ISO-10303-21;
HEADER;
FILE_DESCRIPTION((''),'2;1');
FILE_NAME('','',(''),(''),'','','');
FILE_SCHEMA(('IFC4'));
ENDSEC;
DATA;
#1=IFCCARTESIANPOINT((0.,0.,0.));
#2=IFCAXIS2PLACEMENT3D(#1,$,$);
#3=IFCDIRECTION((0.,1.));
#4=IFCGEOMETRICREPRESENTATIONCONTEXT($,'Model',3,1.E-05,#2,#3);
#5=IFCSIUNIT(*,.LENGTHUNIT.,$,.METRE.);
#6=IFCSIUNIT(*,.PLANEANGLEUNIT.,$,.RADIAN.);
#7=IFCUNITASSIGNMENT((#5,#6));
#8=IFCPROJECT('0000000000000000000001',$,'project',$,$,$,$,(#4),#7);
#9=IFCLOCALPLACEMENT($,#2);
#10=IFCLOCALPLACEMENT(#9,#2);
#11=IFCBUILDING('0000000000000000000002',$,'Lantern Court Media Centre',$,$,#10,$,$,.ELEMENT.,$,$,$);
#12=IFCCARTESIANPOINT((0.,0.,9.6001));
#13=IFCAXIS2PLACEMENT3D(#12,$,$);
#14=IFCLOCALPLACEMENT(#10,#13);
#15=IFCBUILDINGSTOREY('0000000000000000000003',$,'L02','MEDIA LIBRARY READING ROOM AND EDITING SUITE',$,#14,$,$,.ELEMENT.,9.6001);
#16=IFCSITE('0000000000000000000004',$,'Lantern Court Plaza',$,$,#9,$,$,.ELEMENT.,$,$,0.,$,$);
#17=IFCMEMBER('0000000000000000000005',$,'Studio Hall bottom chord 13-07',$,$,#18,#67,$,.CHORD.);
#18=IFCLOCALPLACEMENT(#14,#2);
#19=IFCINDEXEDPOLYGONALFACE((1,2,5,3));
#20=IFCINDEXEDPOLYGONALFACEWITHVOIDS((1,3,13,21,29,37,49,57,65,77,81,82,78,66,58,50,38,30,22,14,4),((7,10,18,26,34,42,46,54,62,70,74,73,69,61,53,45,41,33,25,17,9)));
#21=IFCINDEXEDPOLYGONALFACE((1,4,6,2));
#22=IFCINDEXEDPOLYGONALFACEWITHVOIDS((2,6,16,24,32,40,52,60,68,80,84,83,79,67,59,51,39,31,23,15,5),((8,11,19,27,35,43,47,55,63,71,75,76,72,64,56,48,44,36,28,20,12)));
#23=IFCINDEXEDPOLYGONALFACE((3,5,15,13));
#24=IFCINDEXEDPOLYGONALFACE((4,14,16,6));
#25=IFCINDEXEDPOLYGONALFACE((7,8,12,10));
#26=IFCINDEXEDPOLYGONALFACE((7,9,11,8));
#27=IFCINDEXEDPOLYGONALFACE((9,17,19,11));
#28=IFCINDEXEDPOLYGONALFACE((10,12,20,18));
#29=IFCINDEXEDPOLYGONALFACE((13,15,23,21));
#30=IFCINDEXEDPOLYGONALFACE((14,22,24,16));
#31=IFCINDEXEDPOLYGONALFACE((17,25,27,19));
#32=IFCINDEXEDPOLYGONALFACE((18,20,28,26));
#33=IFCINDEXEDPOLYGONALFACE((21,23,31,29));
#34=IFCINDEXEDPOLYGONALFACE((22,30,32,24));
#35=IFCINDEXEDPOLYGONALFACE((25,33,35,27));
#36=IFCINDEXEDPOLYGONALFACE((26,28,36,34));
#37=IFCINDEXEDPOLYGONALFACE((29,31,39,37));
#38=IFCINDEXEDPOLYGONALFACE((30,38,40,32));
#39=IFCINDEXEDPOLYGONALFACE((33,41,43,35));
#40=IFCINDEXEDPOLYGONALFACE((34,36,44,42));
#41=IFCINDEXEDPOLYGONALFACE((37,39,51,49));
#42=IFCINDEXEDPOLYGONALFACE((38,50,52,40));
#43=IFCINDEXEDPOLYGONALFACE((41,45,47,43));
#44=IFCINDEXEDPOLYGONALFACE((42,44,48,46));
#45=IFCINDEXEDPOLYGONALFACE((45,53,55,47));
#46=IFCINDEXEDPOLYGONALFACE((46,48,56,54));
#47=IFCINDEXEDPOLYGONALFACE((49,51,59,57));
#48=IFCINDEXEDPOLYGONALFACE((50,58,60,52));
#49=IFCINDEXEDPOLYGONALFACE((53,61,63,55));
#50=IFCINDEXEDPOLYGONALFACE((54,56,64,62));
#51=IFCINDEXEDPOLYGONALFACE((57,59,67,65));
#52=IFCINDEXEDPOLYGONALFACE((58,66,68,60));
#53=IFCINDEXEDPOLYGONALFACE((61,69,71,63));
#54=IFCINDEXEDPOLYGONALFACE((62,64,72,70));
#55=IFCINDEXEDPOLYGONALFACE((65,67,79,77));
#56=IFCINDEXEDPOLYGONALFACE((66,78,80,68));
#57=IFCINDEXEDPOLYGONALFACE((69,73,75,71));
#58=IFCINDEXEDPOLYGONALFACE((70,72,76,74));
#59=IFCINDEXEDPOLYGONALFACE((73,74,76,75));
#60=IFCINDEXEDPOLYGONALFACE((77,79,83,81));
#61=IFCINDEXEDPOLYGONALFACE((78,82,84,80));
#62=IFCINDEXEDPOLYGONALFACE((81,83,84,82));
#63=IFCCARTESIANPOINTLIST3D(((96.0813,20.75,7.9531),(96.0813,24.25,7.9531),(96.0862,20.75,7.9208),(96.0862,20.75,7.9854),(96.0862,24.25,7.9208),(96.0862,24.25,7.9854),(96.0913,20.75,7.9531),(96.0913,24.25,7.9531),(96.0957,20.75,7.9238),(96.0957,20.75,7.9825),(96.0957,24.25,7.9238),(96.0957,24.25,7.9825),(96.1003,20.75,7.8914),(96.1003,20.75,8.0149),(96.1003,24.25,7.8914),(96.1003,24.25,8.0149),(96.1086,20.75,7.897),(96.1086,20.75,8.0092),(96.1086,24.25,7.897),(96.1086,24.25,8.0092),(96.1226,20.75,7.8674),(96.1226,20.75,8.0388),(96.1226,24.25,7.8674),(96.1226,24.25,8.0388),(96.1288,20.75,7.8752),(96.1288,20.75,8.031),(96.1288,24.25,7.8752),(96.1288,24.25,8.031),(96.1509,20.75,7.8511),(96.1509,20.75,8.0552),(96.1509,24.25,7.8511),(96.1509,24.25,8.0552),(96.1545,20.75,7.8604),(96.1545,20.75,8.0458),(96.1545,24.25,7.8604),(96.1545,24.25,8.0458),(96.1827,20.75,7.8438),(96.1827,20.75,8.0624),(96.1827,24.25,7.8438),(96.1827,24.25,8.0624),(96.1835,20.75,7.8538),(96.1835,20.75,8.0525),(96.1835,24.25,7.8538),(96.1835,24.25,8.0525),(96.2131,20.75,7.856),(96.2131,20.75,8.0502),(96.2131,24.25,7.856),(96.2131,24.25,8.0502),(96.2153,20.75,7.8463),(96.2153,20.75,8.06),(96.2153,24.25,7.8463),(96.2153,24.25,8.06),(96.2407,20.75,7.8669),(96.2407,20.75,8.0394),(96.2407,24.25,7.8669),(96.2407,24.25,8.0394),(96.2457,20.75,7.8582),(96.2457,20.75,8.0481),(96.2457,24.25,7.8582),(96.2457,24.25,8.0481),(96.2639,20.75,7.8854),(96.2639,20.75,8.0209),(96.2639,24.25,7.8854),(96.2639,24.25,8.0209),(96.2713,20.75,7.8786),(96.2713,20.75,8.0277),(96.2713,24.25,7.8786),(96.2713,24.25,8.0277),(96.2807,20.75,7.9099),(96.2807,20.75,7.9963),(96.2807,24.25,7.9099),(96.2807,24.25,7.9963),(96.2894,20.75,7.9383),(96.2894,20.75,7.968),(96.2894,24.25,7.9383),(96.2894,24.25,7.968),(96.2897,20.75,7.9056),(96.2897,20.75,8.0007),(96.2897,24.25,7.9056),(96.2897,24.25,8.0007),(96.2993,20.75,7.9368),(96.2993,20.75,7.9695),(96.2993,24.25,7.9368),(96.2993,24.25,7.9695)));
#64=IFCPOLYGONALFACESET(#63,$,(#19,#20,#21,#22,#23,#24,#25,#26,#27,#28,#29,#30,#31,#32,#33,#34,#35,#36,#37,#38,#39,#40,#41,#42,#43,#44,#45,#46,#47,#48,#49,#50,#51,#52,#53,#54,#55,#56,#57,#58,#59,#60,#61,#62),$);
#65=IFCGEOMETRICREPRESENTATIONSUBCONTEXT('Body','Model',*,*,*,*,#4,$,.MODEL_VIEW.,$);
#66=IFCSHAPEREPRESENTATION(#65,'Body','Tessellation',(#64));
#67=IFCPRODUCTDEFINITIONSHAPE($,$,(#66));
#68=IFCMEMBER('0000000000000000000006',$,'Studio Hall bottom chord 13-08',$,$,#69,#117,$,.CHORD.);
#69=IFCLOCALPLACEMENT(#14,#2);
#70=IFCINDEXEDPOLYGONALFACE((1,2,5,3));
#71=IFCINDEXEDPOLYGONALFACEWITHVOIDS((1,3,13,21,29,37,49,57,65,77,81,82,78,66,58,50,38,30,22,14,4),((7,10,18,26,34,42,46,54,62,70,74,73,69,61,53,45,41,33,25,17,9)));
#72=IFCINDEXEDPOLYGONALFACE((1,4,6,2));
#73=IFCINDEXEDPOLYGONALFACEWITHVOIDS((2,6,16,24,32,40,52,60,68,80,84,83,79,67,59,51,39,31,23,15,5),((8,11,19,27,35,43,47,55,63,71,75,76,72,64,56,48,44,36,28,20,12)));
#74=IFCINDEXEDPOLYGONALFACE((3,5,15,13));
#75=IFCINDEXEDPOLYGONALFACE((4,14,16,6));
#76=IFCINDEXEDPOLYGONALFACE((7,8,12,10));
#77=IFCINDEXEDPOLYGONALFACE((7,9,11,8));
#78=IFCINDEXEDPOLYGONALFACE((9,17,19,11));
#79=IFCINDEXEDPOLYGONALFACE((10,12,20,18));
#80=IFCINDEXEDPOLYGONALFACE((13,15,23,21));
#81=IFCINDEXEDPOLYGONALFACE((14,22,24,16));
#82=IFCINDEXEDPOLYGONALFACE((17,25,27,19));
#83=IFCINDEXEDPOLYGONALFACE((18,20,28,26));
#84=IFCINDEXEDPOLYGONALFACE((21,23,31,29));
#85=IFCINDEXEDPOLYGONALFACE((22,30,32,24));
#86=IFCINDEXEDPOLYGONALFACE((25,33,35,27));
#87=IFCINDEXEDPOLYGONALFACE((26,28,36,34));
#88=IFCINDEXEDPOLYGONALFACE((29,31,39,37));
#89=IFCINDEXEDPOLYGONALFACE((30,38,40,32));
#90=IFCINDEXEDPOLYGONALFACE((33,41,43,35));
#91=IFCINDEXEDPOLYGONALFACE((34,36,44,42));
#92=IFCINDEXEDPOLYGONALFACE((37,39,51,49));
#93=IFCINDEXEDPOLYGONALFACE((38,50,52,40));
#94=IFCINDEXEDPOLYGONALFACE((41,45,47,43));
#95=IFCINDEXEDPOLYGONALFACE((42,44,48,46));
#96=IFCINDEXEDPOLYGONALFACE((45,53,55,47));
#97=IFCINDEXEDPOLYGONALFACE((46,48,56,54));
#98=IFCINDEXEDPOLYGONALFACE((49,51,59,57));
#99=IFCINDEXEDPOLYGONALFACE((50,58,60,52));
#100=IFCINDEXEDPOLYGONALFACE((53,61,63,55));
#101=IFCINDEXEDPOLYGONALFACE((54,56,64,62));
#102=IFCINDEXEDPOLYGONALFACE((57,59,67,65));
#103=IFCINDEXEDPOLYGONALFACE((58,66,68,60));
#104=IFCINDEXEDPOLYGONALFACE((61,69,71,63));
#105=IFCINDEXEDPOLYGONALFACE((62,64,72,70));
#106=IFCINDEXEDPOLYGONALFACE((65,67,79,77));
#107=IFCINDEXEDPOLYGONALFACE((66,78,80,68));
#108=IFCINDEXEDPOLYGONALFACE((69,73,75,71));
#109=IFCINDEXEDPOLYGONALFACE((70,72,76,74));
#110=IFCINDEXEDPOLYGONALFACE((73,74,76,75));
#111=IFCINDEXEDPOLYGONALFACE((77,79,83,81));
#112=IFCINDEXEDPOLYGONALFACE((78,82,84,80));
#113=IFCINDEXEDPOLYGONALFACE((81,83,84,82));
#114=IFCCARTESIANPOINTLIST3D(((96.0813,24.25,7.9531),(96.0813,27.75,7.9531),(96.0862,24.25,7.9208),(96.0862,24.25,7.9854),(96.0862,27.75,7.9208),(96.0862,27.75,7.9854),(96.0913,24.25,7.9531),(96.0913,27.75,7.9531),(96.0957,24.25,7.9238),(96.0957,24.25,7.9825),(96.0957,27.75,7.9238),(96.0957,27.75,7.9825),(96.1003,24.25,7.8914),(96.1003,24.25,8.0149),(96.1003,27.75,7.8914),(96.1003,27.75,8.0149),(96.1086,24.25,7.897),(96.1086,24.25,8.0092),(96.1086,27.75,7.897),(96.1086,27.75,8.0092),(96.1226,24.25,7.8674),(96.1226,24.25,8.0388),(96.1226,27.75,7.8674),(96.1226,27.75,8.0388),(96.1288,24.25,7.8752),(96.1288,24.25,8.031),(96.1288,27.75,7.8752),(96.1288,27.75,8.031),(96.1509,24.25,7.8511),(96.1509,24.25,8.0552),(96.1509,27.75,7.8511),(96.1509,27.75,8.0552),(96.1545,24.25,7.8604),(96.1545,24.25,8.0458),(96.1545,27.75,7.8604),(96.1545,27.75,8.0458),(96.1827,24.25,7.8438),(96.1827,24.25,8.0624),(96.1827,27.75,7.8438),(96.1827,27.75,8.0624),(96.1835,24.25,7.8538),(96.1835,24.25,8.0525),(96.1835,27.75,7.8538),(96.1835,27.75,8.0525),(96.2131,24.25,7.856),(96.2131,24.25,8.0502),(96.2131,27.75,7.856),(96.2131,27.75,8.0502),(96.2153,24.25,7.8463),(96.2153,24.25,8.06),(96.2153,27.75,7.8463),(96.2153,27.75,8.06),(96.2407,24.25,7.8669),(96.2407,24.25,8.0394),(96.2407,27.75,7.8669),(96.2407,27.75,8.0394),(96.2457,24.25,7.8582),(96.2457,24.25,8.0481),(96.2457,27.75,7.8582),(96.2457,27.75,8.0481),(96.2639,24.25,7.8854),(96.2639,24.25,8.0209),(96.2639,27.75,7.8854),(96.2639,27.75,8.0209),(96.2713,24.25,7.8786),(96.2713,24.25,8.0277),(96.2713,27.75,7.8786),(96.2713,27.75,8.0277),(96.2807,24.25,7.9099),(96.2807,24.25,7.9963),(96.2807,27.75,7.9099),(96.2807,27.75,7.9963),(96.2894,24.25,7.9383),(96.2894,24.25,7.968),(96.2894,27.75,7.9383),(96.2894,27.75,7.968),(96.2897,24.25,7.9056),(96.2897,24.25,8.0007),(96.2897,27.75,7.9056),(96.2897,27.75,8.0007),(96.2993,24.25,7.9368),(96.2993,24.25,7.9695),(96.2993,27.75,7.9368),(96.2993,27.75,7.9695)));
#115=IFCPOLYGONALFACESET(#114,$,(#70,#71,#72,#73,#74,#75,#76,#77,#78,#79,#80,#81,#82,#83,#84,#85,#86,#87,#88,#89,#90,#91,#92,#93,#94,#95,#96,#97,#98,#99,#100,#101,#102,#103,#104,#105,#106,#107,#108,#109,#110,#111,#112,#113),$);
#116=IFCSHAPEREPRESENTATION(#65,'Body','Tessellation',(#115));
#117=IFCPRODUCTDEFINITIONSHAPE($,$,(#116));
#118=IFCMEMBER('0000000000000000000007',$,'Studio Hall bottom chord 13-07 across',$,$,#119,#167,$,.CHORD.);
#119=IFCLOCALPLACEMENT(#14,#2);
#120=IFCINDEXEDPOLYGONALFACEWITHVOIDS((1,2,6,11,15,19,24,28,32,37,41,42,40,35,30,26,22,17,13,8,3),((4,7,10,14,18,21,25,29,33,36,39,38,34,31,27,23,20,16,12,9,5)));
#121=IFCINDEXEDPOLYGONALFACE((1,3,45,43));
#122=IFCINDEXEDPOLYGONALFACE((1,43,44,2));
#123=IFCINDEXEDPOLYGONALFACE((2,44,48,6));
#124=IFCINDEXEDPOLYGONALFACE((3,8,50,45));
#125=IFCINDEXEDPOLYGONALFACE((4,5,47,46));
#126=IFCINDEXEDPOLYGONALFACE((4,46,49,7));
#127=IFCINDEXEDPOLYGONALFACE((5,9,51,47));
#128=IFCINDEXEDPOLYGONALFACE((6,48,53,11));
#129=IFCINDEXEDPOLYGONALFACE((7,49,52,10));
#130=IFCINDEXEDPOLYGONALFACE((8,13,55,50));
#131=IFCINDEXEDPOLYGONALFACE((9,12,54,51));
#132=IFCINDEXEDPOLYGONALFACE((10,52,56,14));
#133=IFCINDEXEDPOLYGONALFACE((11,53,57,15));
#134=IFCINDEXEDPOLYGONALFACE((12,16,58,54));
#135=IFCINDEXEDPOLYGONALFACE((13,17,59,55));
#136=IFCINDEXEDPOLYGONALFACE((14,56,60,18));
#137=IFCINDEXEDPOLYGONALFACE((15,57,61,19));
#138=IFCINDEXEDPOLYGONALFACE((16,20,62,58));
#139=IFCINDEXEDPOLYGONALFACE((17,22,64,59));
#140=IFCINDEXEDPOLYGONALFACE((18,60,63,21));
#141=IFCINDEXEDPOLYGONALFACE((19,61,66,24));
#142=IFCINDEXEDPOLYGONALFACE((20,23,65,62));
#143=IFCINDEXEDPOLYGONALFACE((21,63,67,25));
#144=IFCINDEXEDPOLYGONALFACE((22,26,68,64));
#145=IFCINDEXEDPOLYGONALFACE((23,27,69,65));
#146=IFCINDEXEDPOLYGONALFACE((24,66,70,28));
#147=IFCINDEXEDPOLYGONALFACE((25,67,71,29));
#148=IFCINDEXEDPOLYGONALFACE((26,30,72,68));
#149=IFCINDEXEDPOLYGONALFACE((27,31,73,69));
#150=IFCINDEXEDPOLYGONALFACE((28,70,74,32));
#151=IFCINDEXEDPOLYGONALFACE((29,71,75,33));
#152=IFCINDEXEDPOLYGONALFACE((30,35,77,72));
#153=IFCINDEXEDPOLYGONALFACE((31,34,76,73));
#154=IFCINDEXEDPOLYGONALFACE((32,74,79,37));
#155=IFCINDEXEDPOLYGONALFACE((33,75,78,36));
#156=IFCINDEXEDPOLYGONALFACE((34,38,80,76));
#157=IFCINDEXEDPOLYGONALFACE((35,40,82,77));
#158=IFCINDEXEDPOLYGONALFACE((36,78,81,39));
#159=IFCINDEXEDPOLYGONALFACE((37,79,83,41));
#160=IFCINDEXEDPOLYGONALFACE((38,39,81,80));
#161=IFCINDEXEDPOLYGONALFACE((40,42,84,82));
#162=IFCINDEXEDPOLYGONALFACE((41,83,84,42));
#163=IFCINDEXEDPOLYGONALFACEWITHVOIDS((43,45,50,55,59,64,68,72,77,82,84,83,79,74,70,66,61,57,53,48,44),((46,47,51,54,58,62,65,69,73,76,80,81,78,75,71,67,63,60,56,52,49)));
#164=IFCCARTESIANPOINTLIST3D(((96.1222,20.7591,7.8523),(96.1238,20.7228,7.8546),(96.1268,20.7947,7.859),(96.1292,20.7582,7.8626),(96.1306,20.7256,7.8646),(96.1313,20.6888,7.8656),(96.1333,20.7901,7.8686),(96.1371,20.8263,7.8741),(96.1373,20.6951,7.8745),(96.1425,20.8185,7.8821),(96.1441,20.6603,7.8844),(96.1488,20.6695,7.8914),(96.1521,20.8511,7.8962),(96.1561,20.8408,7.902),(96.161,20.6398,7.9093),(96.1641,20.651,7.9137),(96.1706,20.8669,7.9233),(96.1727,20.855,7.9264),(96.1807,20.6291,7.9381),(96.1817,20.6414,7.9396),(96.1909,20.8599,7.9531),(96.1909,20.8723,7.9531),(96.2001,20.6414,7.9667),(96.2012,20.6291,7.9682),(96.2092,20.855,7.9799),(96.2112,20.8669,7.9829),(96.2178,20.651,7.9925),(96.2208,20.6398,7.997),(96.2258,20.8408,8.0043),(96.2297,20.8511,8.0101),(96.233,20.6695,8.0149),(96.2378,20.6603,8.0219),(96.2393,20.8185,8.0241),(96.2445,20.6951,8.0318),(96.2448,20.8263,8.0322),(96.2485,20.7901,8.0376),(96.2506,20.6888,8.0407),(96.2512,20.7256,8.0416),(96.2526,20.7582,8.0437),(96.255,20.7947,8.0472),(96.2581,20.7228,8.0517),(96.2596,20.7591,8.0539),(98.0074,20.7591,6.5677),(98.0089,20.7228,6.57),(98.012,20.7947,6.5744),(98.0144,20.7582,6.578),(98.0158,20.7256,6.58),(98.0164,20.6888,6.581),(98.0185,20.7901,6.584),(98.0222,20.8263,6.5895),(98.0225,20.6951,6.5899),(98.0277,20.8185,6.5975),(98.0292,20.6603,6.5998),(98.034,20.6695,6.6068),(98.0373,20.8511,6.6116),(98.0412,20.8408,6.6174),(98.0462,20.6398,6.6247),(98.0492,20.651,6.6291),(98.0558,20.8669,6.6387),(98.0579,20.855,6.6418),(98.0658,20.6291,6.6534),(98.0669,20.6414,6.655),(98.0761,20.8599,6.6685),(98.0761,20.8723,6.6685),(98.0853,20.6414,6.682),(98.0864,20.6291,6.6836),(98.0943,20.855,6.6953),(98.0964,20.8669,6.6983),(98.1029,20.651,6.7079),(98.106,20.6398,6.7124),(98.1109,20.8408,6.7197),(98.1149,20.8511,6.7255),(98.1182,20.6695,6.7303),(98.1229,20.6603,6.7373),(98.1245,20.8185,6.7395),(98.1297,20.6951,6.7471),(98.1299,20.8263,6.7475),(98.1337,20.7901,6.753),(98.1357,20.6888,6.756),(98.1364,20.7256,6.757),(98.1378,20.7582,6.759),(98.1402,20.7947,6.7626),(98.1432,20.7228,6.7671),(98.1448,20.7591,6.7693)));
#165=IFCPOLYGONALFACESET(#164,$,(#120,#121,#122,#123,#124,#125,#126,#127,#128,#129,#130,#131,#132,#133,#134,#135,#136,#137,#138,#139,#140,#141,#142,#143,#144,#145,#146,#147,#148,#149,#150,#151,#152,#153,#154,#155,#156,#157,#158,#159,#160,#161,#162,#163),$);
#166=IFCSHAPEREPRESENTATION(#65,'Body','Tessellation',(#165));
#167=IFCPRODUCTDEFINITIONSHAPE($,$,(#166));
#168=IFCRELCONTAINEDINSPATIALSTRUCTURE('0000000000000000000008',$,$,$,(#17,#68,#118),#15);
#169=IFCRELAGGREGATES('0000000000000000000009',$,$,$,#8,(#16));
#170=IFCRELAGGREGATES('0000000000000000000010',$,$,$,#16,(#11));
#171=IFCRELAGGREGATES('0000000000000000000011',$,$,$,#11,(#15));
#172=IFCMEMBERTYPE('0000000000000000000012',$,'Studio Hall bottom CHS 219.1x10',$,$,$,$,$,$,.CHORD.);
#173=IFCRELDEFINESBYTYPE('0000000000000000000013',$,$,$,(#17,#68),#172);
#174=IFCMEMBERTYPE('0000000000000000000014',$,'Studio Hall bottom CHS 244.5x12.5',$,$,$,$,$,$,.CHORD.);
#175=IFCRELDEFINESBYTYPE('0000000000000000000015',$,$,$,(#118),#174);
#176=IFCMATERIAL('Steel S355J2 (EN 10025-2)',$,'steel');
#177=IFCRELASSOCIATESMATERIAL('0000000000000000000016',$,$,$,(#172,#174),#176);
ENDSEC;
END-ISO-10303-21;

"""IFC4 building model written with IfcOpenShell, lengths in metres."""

from ifc_helpers import new_model, si_unit, direction, frame, origin, origin_2d, place, context, subcontext, project, spatial, hollow_circle, extrude, material, material_profile, profile_set, type_object, element, save


model = new_model("IFC4")

# Units and contexts
model_context = context("Model", 3, precision=1e-05, world=origin(), true_north=direction((0.0, 1.0)))
body_context = subcontext(model_context, "Body", "Model", "MODEL_VIEW")
ifc_project = project(units=[si_unit("LENGTHUNIT", "METRE"), si_unit("PLANEANGLEUNIT", "RADIAN")], contexts=[model_context])

# Site, building, storey
site_placement = place(None, origin())
site = spatial("IfcSite", under=ifc_project, at=site_placement, Name="Lantern Court Plaza", CompositionType="ELEMENT", RefElevation=0.0)
building_placement = place(site_placement, origin())
building = spatial("IfcBuilding", under=site, at=building_placement, Name="Lantern Court Media Centre", CompositionType="ELEMENT")
storey_placement = place(building_placement, frame((0.0, 0.0, 9.6001)))
storey = spatial("IfcBuildingStorey", under=building, at=storey_placement, Name="L02", Description="MEDIA LIBRARY READING ROOM AND EDITING SUITE", CompositionType="ELEMENT", Elevation=9.6001)

# Members
ifc_material = material(Name="Steel S355J2 (EN 10025-2)", Category="steel")
ifc_material_profile_1 = material_profile(ifc_material, hollow_circle(Radius=0.1096, WallThickness=0.01, at=origin_2d()), Name="Studio Hall bottom CHS 219.1x10")
ifc_profile_set_1 = profile_set([ifc_material_profile_1], Name="Steel S355J2 (EN 10025-2)")
member_type_1 = type_object("IfcMemberType", Name="Studio Hall bottom CHS 219.1x10", PredefinedType="CHORD", material=ifc_profile_set_1)
for number, where, z_axis, x_axis, name in (
    (1, (96.1909, 20.75, 7.9531), (0.0, 1.0, 0.0), (-1.0, 0.0, 0.0), "Studio Hall bottom chord 13-07"),
    (2, (96.1909, 24.25, 7.9531), (0.0, 1.0, 0.0), (-1.0, 0.0, 0.0), "Studio Hall bottom chord 13-08"),
):
    element("IfcMember", number, at=place(storey_placement, frame(where, z_axis=z_axis, x_axis=x_axis)), inside=storey, type_object=member_type_1, Name=name, PredefinedType="CHORD", context=body_context, shape_type="SweptSolid", body=[
        extrude(hollow_circle(Radius=0.1096, WallThickness=0.01, at=origin_2d()), origin(), (0.0, 0.0, 1.0), 3.5),
    ])
ifc_material_profile_2 = material_profile(ifc_material, hollow_circle(Radius=0.1223, WallThickness=0.0125, at=origin_2d()), Name="Studio Hall bottom CHS 244.5x12.5")
ifc_profile_set_2 = profile_set([ifc_material_profile_2], Name="Steel S355J2 (EN 10025-2)")
member_type_2 = type_object("IfcMemberType", Name="Studio Hall bottom CHS 244.5x12.5", PredefinedType="CHORD", material=ifc_profile_set_2)
for number, where, z_axis, x_axis, name in (
    (3, (96.1909, 20.75, 7.9531), (0.826377, 0.0, -0.563118), (0.0, 1.0, 0.0), "Studio Hall bottom chord 13-07 across"),
):
    element("IfcMember", number, at=place(storey_placement, frame(where, z_axis=z_axis, x_axis=x_axis)), inside=storey, type_object=member_type_2, Name=name, PredefinedType="CHORD", context=body_context, shape_type="SweptSolid", body=[
        extrude(hollow_circle(Radius=0.1223, WallThickness=0.0125, at=origin_2d()), origin(), (0.0, 0.0, 1.0), 2.2812),
    ])

save(model, "model.ifc")
